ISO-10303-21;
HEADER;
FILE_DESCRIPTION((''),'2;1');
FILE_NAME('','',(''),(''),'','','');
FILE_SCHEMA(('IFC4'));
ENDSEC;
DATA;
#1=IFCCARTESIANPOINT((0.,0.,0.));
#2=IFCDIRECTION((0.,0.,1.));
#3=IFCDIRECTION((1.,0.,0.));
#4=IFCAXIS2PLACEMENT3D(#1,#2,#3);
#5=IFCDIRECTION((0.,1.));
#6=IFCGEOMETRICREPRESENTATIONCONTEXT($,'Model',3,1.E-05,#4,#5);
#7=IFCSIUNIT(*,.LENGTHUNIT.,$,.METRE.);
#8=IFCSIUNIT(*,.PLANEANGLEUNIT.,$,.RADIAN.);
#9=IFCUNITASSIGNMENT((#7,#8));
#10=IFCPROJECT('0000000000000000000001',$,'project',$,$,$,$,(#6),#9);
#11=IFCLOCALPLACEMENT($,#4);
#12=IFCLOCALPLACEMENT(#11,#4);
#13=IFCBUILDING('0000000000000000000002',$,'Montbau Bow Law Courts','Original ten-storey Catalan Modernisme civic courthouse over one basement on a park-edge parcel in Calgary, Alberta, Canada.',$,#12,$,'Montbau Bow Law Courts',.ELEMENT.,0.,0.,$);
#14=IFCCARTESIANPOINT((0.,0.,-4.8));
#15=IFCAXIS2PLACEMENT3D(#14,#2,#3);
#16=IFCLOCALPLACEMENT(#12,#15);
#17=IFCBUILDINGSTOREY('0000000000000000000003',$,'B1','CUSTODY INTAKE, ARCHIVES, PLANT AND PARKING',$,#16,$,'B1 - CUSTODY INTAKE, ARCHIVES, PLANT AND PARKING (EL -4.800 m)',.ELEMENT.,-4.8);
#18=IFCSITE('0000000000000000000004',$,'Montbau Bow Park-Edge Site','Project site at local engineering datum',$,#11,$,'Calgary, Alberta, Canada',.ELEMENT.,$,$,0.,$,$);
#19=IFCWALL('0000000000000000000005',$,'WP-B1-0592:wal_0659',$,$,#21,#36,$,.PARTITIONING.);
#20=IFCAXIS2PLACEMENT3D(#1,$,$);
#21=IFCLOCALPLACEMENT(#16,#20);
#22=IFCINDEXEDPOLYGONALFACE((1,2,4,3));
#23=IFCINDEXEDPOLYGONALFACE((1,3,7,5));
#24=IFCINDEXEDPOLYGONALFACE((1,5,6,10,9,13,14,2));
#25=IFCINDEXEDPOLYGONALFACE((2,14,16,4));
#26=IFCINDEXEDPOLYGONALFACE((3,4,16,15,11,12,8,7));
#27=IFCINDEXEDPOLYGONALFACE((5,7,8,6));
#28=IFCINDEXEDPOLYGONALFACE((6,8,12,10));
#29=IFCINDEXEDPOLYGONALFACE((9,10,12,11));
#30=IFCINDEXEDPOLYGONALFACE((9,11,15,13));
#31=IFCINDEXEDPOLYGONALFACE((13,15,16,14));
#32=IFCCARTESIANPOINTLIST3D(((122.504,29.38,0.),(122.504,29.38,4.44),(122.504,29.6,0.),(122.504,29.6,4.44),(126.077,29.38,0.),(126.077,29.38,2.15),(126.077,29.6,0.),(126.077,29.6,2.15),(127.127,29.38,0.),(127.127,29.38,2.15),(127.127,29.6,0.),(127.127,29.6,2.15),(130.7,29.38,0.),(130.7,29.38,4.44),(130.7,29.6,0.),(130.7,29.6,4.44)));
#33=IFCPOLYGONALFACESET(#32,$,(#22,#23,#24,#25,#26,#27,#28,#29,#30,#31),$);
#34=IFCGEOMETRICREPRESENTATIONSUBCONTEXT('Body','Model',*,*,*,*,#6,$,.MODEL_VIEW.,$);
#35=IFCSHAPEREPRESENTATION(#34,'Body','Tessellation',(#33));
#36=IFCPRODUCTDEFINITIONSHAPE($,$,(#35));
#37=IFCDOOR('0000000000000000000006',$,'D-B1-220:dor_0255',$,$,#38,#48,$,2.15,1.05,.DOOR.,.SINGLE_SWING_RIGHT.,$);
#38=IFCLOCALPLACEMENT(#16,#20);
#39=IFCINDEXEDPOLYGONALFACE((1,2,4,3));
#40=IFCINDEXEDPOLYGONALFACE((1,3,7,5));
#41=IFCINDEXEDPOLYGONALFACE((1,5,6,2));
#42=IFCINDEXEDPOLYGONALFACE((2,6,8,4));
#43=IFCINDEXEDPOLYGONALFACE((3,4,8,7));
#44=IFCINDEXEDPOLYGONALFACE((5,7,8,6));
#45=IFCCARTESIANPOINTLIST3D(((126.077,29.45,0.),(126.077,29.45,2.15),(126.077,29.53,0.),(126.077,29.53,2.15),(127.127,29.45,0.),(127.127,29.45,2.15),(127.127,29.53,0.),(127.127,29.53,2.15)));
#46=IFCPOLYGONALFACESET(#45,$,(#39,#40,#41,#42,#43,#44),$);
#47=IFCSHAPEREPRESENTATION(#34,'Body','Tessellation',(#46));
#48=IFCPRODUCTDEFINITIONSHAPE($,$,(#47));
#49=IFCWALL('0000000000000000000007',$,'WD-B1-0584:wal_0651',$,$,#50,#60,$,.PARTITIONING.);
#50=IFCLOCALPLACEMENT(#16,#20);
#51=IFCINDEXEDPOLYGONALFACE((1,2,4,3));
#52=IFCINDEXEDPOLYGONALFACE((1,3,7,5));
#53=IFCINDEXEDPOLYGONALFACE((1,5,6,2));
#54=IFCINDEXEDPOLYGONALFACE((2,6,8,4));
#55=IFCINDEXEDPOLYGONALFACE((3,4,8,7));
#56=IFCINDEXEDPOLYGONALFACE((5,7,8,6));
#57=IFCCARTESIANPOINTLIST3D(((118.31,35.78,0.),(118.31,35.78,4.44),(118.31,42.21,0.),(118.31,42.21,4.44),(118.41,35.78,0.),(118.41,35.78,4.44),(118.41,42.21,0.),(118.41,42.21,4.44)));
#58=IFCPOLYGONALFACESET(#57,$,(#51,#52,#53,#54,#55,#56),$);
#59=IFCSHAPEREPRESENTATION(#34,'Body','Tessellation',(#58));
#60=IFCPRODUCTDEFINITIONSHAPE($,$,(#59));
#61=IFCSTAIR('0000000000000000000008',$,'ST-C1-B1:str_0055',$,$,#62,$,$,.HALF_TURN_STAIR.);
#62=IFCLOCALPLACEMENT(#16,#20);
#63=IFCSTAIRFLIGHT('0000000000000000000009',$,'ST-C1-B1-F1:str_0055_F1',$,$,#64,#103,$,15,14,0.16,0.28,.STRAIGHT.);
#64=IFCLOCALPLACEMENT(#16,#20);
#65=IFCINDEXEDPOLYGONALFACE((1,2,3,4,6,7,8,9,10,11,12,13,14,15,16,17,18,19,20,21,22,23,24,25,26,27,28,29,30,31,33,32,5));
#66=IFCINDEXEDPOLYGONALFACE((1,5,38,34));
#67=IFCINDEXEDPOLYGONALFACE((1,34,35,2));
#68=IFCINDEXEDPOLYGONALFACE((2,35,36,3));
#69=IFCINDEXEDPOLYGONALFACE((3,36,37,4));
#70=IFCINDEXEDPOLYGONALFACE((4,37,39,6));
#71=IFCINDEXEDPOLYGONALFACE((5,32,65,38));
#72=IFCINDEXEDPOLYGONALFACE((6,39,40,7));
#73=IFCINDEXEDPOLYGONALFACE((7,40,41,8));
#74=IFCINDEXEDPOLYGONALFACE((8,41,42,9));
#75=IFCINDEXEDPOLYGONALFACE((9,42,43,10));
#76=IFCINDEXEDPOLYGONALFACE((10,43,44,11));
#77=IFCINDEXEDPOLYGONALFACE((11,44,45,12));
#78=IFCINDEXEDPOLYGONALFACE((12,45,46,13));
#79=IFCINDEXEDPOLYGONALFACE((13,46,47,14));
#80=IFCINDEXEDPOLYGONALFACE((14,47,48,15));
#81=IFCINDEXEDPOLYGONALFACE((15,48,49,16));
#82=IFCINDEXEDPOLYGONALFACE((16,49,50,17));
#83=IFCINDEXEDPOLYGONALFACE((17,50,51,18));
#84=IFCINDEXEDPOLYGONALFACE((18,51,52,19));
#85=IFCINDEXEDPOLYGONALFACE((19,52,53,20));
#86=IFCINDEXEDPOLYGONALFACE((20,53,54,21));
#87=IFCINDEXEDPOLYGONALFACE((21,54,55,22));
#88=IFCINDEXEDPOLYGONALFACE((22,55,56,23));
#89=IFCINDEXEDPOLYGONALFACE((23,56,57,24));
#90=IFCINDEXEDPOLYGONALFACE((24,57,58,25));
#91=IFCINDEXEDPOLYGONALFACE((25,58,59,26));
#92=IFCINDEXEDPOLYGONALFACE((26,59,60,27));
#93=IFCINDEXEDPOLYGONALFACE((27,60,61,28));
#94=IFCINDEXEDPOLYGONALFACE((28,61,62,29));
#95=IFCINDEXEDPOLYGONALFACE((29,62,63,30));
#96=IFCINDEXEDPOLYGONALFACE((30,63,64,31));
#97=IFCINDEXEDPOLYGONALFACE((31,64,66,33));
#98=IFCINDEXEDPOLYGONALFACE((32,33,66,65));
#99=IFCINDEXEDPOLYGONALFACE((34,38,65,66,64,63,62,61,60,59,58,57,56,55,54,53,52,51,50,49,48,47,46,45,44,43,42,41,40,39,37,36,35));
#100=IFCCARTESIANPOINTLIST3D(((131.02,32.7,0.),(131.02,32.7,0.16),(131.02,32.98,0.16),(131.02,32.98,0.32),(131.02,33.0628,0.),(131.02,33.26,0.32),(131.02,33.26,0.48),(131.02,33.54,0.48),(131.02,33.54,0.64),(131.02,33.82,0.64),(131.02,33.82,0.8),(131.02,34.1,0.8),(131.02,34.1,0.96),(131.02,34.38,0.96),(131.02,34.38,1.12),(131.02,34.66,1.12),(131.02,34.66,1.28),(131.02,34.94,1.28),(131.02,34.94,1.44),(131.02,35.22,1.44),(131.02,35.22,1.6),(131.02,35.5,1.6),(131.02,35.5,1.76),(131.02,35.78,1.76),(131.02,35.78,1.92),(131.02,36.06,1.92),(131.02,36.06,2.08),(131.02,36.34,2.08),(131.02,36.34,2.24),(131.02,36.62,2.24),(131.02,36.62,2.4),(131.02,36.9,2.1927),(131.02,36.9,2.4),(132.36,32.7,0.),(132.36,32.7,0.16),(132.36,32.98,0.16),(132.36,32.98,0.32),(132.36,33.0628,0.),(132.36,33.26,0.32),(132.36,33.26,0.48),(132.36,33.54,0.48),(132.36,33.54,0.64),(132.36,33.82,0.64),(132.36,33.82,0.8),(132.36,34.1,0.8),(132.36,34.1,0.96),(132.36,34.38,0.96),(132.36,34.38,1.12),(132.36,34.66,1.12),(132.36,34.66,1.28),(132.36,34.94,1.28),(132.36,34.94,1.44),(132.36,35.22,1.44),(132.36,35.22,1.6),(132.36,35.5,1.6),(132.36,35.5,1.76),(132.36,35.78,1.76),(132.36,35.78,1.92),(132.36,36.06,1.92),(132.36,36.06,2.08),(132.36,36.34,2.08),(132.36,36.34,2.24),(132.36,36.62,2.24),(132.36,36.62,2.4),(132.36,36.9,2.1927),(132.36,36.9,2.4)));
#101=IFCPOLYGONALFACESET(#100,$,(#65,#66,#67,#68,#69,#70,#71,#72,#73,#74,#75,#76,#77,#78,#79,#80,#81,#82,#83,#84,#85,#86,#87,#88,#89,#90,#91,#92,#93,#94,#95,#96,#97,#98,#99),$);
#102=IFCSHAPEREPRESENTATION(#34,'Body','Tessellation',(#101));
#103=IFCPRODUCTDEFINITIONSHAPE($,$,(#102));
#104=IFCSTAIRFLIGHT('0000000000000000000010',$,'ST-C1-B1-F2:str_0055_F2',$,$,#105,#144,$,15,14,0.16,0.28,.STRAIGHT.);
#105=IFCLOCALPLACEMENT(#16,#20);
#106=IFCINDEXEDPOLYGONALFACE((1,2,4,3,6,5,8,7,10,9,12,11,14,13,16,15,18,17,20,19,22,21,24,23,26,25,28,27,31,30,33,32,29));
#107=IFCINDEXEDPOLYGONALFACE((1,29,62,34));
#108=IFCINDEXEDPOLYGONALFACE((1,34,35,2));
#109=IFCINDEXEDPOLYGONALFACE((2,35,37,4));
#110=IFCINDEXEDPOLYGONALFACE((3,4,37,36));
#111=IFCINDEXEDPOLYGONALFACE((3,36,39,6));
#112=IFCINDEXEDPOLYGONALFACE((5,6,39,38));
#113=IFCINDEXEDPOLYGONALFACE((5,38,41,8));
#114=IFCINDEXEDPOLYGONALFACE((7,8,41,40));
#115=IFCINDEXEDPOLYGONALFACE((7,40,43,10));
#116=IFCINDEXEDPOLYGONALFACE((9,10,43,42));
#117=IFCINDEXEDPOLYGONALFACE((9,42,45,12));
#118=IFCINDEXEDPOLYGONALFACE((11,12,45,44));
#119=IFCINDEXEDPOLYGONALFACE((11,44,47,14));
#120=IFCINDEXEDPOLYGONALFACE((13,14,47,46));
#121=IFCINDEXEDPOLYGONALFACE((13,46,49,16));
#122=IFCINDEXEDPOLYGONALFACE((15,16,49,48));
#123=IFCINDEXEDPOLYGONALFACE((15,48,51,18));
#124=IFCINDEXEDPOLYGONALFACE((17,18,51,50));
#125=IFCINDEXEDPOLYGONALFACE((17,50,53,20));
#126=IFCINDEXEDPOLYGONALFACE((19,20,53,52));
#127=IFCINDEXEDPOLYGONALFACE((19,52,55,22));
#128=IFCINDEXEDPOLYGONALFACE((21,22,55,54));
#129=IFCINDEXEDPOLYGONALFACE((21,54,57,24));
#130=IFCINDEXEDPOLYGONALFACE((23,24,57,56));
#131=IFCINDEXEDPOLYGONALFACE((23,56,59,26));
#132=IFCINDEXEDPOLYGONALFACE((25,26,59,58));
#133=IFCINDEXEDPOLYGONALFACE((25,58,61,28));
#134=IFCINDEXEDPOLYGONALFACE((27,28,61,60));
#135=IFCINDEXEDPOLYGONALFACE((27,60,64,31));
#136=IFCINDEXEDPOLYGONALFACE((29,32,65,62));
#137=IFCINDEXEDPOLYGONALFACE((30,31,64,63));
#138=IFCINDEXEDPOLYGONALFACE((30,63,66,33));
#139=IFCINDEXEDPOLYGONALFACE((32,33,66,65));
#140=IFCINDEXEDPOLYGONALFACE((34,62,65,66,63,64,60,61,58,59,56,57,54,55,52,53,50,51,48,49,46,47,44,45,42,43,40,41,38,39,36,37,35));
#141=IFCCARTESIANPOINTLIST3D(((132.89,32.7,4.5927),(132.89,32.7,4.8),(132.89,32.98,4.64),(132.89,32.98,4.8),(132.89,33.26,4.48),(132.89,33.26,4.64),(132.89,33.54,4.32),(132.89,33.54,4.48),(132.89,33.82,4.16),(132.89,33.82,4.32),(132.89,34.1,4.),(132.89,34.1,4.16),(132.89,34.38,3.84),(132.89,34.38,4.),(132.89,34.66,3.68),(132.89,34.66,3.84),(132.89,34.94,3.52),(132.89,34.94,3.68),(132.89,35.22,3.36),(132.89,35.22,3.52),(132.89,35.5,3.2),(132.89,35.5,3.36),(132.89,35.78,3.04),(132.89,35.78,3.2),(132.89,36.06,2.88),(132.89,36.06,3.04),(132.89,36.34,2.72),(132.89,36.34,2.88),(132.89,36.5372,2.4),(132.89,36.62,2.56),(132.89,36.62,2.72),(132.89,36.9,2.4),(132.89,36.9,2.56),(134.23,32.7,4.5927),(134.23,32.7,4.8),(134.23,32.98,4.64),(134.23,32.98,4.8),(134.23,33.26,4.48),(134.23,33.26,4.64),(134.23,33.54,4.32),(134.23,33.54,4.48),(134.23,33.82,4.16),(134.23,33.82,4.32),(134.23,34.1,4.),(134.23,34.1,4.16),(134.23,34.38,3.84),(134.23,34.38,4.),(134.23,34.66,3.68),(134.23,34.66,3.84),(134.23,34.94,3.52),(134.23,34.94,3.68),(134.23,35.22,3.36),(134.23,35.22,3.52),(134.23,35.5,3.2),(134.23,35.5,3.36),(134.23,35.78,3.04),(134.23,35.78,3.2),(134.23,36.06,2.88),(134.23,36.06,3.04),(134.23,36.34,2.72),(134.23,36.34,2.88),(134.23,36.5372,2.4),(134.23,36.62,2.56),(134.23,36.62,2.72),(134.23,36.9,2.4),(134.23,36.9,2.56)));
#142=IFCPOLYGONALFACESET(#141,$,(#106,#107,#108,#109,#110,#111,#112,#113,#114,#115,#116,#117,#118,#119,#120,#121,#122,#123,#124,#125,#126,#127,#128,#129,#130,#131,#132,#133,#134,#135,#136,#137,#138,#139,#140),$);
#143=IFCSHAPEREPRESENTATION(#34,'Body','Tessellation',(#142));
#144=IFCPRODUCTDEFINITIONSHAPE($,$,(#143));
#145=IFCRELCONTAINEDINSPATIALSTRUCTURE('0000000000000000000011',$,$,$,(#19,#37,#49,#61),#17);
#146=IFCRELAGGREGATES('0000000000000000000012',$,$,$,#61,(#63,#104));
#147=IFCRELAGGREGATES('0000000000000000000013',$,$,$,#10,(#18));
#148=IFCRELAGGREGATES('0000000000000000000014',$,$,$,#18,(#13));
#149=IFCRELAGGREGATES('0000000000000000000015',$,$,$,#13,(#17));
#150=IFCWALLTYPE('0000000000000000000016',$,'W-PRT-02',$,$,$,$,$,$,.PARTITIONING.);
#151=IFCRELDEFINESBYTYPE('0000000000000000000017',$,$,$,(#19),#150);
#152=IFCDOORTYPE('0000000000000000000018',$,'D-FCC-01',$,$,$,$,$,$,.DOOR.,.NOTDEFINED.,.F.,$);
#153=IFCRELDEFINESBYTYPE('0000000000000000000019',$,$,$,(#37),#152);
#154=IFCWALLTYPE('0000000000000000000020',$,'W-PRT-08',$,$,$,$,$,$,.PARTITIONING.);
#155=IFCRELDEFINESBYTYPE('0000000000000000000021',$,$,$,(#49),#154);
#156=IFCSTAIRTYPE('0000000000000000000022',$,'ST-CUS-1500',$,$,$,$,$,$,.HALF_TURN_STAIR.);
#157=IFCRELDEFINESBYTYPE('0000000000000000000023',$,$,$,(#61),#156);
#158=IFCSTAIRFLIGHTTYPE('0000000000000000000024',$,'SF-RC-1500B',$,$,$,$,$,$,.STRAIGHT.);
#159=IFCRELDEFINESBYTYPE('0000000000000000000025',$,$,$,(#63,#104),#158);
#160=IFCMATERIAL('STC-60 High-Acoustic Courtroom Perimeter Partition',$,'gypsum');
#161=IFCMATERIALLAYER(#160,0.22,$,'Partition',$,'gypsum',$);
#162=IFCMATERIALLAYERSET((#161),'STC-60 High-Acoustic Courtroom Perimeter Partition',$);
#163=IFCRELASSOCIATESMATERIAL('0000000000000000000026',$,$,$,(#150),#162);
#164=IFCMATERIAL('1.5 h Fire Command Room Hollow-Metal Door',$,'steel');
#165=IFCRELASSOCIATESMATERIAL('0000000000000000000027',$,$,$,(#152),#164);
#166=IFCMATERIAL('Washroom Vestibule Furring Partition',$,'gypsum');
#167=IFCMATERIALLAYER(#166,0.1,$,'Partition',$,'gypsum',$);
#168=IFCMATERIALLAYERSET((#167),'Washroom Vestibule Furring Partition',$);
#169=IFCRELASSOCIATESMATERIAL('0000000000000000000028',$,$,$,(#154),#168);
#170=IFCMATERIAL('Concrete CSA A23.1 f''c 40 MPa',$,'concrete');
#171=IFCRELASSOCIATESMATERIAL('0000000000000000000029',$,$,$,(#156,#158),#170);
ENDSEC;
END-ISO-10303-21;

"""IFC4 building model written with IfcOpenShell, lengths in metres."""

from ifc_helpers import new_model, si_unit, direction, frame, frame_2d, origin_with_axes, place, context, subcontext, project, spatial, polyline, rectangle, outline, extrude, material, layer, layer_set, type_object, element, fill, aggregate, save


model = new_model("IFC4")

# Units and contexts
model_context = context("Model", 3, precision=1e-05, world=origin_with_axes(), true_north=direction((0.0, 1.0)))
body_context = subcontext(model_context, "Body", "Model", "MODEL_VIEW")
ifc_project = project(units=[si_unit("LENGTHUNIT", "METRE"), si_unit("PLANEANGLEUNIT", "RADIAN")], contexts=[model_context])

# Site, building, storey
site_placement = place(None, origin_with_axes())
site = spatial("IfcSite", under=ifc_project, at=site_placement, Name="Montbau Bow Park-Edge Site", Description="Project site at local engineering datum", LongName="Calgary, Alberta, Canada", CompositionType="ELEMENT", RefElevation=0.0)
building_placement = place(site_placement, origin_with_axes())
building = spatial("IfcBuilding", under=site, at=building_placement, Name="Montbau Bow Law Courts", Description="Original ten-storey Catalan Modernisme civic courthouse over one basement on a park-edge parcel in Calgary, Alberta, Canada.", LongName="Montbau Bow Law Courts", CompositionType="ELEMENT", ElevationOfRefHeight=0.0, ElevationOfTerrain=0.0)
storey_placement = place(building_placement, frame((0.0, 0.0, -4.8), z_axis=(0.0, 0.0, 1.0), x_axis=(1.0, 0.0, 0.0)))
storey = spatial("IfcBuildingStorey", under=building, at=storey_placement, Name="B1", Description="CUSTODY INTAKE, ARCHIVES, PLANT AND PARKING", LongName="B1 - CUSTODY INTAKE, ARCHIVES, PLANT AND PARKING (EL -4.800 m)", CompositionType="ELEMENT", Elevation=-4.8)

# Shared definitions
ifc_material_1 = material(Name="Concrete CSA A23.1 f'c 40 MPa", Category="concrete")

# Shared definitions
ifc_material_2 = material(Name="STC-60 High-Acoustic Courtroom Perimeter Partition", Category="gypsum")
ifc_layer_1 = layer(ifc_material_2, 0.22, Name="Partition", Category="gypsum")
ifc_layer_set_1 = layer_set([ifc_layer_1], Name="STC-60 High-Acoustic Courtroom Perimeter Partition")
wall_type_1 = type_object("IfcWallType", Name="W-PRT-02", PredefinedType="PARTITIONING", material=ifc_layer_set_1)

# Wall, opening, door
wall_1_placement = place(None, frame((122.504, 29.49, -4.8), z_axis=(0.0, 0.0, 1.0), x_axis=(1.0, 0.0, 0.0)))
wall_1 = element("IfcWall", 1, at=wall_1_placement, inside=storey, type_object=wall_type_1, Name="WP-B1-0592:wal_0659", PredefinedType="PARTITIONING", context=body_context, shape_type="SweptSolid", body=[
    extrude(rectangle(XDim=8.196, YDim=0.22, at=frame_2d((4.098, 0.0), x_axis=(1.0, 0.0))), origin_with_axes(), (0.0, 0.0, 1.0), 4.44),
])
opening_1_placement = place(None, frame((126.602, 29.49, -4.8), z_axis=(0.0, 0.0, 1.0), x_axis=(1.0, 0.0, 0.0)))
opening_1 = element("IfcOpeningElement", 2, at=opening_1_placement, cuts=wall_1, PredefinedType="OPENING", context=body_context, shape_type="SweptSolid", body=[
    extrude(rectangle(XDim=1.05, YDim=2.15, at=frame_2d((0.0, 1.075), x_axis=(1.0, 0.0))), frame((0.0, 0.12, 0.0), z_axis=(0.0, -1.0, 0.0), x_axis=(1.0, 0.0, 0.0)), (0.0, 0.0, 1.0), 0.24),
])
ifc_material_3 = material(Name="1.5 h Fire Command Room Hollow-Metal Door", Category="steel")
door_type_1 = type_object("IfcDoorType", Name="D-FCC-01", OperationType="NOTDEFINED", ParameterTakesPrecedence=False, PredefinedType="DOOR", material=ifc_material_3)
door_1_placement = place(None, frame((126.602, 29.49, -4.8), z_axis=(0.0, 0.0, 1.0), x_axis=(-1.0, 0.0, 0.0)))
door_1 = element("IfcDoor", 3, at=door_1_placement, inside=storey, type_object=door_type_1, Name="D-B1-220:dor_0255", OperationType="SINGLE_SWING_RIGHT", OverallHeight=2.15, OverallWidth=1.05, PredefinedType="DOOR", context=body_context, shape_type="SweptSolid", body=[
    extrude(rectangle(XDim=1.05, YDim=2.15, at=frame_2d((0.0, 1.075), x_axis=(1.0, 0.0))), frame((0.0, 0.04, 0.0), z_axis=(0.0, -1.0, 0.0), x_axis=(1.0, 0.0, 0.0)), (0.0, 0.0, 1.0), 0.08),
])
fill(opening_1, door_1)

# Wall
ifc_material_4 = material(Name="Washroom Vestibule Furring Partition", Category="gypsum")
ifc_layer_2 = layer(ifc_material_4, 0.1, Name="Partition", Category="gypsum")
ifc_layer_set_2 = layer_set([ifc_layer_2], Name="Washroom Vestibule Furring Partition")
wall_type_2 = type_object("IfcWallType", Name="W-PRT-08", PredefinedType="PARTITIONING", material=ifc_layer_set_2)
wall_2_placement = place(None, frame((118.36, 35.78, -4.8), z_axis=(0.0, 0.0, 1.0), x_axis=(0.0, 1.0, 0.0)))
element("IfcWall", 4, at=wall_2_placement, inside=storey, type_object=wall_type_2, Name="WD-B1-0584:wal_0651", PredefinedType="PARTITIONING", context=body_context, shape_type="SweptSolid", body=[
    extrude(rectangle(XDim=6.43, YDim=0.1, at=frame_2d((3.215, 0.0), x_axis=(1.0, 0.0))), origin_with_axes(), (0.0, 0.0, 1.0), 4.44),
])

# Stair, stair flights
stair_type = type_object("IfcStairType", Name="ST-CUS-1500", PredefinedType="HALF_TURN_STAIR", material=ifc_material_1)
stair_placement = place(None, frame((131.69, 32.7, -4.8), z_axis=(0.0, 0.0, 1.0), x_axis=(1.0, 0.0, 0.0)))
stair = element("IfcStair", 5, at=stair_placement, inside=storey, type_object=stair_type, Name="ST-C1-B1:str_0055", PredefinedType="HALF_TURN_STAIR")
stair_flight_type = type_object("IfcStairFlightType", Name="SF-RC-1500B", PredefinedType="STRAIGHT", material=ifc_material_1)
stair_flight_1_placement = place(None, frame((131.69, 32.7, -4.8), z_axis=(0.0, 0.0, 1.0), x_axis=(0.0, 1.0, 0.0)))
stair_flight_1 = element("IfcStairFlight", 6, at=stair_flight_1_placement, type_object=stair_flight_type, Name="ST-C1-B1-F1:str_0055_F1", NumberOfRisers=15, NumberOfTreads=14, PredefinedType="STRAIGHT", RiserHeight=0.16, TreadLength=0.28, context=body_context, shape_type="SweptSolid", body=[
    extrude(outline(polyline([(0.0, 0.0), (0.0, 0.16), (0.28, 0.16), (0.28, 0.32), (0.56, 0.32), (0.56, 0.48), (0.84, 0.48), (0.84, 0.64), (1.12, 0.64), (1.12, 0.8), (1.4, 0.8), (1.4, 0.96), (1.68, 0.96), (1.68, 1.12), (1.96, 1.12), (1.96, 1.28), (2.24, 1.28), (2.24, 1.44), (2.52, 1.44), (2.52, 1.6), (2.8, 1.6), (2.8, 1.76), (3.08, 1.76), (3.08, 1.92), (3.36, 1.92), (3.36, 2.08), (3.64, 2.08), (3.64, 2.24), (3.92, 2.24), (3.92, 2.4), (4.2, 2.4), (4.2, 2.1927), (0.3628, 0.0), (0.0, 0.0)])), frame((0.0, 0.67, 0.0), z_axis=(0.0, -1.0, 0.0), x_axis=(1.0, 0.0, 0.0)), (0.0, 0.0, 1.0), 1.34),
])
stair_flight_2_placement = place(None, frame((133.56, 36.9, -2.4), z_axis=(0.0, 0.0, 1.0), x_axis=(0.0, -1.0, 0.0)))
stair_flight_2 = element("IfcStairFlight", 7, at=stair_flight_2_placement, type_object=stair_flight_type, Name="ST-C1-B1-F2:str_0055_F2", NumberOfRisers=15, NumberOfTreads=14, PredefinedType="STRAIGHT", RiserHeight=0.16, TreadLength=0.28, context=body_context, shape_type="SweptSolid", body=[
    extrude(outline(polyline([(0.0, 0.0), (0.0, 0.16), (0.28, 0.16), (0.28, 0.32), (0.56, 0.32), (0.56, 0.48), (0.84, 0.48), (0.84, 0.64), (1.12, 0.64), (1.12, 0.8), (1.4, 0.8), (1.4, 0.96), (1.68, 0.96), (1.68, 1.12), (1.96, 1.12), (1.96, 1.28), (2.24, 1.28), (2.24, 1.44), (2.52, 1.44), (2.52, 1.6), (2.8, 1.6), (2.8, 1.76), (3.08, 1.76), (3.08, 1.92), (3.36, 1.92), (3.36, 2.08), (3.64, 2.08), (3.64, 2.24), (3.92, 2.24), (3.92, 2.4), (4.2, 2.4), (4.2, 2.1927), (0.3628, 0.0), (0.0, 0.0)])), frame((0.0, 0.67, 0.0), z_axis=(0.0, -1.0, 0.0), x_axis=(1.0, 0.0, 0.0)), (0.0, 0.0, 1.0), 1.34),
])
aggregate(stair, [stair_flight_1, stair_flight_2])

save(model, "model.ifc")
